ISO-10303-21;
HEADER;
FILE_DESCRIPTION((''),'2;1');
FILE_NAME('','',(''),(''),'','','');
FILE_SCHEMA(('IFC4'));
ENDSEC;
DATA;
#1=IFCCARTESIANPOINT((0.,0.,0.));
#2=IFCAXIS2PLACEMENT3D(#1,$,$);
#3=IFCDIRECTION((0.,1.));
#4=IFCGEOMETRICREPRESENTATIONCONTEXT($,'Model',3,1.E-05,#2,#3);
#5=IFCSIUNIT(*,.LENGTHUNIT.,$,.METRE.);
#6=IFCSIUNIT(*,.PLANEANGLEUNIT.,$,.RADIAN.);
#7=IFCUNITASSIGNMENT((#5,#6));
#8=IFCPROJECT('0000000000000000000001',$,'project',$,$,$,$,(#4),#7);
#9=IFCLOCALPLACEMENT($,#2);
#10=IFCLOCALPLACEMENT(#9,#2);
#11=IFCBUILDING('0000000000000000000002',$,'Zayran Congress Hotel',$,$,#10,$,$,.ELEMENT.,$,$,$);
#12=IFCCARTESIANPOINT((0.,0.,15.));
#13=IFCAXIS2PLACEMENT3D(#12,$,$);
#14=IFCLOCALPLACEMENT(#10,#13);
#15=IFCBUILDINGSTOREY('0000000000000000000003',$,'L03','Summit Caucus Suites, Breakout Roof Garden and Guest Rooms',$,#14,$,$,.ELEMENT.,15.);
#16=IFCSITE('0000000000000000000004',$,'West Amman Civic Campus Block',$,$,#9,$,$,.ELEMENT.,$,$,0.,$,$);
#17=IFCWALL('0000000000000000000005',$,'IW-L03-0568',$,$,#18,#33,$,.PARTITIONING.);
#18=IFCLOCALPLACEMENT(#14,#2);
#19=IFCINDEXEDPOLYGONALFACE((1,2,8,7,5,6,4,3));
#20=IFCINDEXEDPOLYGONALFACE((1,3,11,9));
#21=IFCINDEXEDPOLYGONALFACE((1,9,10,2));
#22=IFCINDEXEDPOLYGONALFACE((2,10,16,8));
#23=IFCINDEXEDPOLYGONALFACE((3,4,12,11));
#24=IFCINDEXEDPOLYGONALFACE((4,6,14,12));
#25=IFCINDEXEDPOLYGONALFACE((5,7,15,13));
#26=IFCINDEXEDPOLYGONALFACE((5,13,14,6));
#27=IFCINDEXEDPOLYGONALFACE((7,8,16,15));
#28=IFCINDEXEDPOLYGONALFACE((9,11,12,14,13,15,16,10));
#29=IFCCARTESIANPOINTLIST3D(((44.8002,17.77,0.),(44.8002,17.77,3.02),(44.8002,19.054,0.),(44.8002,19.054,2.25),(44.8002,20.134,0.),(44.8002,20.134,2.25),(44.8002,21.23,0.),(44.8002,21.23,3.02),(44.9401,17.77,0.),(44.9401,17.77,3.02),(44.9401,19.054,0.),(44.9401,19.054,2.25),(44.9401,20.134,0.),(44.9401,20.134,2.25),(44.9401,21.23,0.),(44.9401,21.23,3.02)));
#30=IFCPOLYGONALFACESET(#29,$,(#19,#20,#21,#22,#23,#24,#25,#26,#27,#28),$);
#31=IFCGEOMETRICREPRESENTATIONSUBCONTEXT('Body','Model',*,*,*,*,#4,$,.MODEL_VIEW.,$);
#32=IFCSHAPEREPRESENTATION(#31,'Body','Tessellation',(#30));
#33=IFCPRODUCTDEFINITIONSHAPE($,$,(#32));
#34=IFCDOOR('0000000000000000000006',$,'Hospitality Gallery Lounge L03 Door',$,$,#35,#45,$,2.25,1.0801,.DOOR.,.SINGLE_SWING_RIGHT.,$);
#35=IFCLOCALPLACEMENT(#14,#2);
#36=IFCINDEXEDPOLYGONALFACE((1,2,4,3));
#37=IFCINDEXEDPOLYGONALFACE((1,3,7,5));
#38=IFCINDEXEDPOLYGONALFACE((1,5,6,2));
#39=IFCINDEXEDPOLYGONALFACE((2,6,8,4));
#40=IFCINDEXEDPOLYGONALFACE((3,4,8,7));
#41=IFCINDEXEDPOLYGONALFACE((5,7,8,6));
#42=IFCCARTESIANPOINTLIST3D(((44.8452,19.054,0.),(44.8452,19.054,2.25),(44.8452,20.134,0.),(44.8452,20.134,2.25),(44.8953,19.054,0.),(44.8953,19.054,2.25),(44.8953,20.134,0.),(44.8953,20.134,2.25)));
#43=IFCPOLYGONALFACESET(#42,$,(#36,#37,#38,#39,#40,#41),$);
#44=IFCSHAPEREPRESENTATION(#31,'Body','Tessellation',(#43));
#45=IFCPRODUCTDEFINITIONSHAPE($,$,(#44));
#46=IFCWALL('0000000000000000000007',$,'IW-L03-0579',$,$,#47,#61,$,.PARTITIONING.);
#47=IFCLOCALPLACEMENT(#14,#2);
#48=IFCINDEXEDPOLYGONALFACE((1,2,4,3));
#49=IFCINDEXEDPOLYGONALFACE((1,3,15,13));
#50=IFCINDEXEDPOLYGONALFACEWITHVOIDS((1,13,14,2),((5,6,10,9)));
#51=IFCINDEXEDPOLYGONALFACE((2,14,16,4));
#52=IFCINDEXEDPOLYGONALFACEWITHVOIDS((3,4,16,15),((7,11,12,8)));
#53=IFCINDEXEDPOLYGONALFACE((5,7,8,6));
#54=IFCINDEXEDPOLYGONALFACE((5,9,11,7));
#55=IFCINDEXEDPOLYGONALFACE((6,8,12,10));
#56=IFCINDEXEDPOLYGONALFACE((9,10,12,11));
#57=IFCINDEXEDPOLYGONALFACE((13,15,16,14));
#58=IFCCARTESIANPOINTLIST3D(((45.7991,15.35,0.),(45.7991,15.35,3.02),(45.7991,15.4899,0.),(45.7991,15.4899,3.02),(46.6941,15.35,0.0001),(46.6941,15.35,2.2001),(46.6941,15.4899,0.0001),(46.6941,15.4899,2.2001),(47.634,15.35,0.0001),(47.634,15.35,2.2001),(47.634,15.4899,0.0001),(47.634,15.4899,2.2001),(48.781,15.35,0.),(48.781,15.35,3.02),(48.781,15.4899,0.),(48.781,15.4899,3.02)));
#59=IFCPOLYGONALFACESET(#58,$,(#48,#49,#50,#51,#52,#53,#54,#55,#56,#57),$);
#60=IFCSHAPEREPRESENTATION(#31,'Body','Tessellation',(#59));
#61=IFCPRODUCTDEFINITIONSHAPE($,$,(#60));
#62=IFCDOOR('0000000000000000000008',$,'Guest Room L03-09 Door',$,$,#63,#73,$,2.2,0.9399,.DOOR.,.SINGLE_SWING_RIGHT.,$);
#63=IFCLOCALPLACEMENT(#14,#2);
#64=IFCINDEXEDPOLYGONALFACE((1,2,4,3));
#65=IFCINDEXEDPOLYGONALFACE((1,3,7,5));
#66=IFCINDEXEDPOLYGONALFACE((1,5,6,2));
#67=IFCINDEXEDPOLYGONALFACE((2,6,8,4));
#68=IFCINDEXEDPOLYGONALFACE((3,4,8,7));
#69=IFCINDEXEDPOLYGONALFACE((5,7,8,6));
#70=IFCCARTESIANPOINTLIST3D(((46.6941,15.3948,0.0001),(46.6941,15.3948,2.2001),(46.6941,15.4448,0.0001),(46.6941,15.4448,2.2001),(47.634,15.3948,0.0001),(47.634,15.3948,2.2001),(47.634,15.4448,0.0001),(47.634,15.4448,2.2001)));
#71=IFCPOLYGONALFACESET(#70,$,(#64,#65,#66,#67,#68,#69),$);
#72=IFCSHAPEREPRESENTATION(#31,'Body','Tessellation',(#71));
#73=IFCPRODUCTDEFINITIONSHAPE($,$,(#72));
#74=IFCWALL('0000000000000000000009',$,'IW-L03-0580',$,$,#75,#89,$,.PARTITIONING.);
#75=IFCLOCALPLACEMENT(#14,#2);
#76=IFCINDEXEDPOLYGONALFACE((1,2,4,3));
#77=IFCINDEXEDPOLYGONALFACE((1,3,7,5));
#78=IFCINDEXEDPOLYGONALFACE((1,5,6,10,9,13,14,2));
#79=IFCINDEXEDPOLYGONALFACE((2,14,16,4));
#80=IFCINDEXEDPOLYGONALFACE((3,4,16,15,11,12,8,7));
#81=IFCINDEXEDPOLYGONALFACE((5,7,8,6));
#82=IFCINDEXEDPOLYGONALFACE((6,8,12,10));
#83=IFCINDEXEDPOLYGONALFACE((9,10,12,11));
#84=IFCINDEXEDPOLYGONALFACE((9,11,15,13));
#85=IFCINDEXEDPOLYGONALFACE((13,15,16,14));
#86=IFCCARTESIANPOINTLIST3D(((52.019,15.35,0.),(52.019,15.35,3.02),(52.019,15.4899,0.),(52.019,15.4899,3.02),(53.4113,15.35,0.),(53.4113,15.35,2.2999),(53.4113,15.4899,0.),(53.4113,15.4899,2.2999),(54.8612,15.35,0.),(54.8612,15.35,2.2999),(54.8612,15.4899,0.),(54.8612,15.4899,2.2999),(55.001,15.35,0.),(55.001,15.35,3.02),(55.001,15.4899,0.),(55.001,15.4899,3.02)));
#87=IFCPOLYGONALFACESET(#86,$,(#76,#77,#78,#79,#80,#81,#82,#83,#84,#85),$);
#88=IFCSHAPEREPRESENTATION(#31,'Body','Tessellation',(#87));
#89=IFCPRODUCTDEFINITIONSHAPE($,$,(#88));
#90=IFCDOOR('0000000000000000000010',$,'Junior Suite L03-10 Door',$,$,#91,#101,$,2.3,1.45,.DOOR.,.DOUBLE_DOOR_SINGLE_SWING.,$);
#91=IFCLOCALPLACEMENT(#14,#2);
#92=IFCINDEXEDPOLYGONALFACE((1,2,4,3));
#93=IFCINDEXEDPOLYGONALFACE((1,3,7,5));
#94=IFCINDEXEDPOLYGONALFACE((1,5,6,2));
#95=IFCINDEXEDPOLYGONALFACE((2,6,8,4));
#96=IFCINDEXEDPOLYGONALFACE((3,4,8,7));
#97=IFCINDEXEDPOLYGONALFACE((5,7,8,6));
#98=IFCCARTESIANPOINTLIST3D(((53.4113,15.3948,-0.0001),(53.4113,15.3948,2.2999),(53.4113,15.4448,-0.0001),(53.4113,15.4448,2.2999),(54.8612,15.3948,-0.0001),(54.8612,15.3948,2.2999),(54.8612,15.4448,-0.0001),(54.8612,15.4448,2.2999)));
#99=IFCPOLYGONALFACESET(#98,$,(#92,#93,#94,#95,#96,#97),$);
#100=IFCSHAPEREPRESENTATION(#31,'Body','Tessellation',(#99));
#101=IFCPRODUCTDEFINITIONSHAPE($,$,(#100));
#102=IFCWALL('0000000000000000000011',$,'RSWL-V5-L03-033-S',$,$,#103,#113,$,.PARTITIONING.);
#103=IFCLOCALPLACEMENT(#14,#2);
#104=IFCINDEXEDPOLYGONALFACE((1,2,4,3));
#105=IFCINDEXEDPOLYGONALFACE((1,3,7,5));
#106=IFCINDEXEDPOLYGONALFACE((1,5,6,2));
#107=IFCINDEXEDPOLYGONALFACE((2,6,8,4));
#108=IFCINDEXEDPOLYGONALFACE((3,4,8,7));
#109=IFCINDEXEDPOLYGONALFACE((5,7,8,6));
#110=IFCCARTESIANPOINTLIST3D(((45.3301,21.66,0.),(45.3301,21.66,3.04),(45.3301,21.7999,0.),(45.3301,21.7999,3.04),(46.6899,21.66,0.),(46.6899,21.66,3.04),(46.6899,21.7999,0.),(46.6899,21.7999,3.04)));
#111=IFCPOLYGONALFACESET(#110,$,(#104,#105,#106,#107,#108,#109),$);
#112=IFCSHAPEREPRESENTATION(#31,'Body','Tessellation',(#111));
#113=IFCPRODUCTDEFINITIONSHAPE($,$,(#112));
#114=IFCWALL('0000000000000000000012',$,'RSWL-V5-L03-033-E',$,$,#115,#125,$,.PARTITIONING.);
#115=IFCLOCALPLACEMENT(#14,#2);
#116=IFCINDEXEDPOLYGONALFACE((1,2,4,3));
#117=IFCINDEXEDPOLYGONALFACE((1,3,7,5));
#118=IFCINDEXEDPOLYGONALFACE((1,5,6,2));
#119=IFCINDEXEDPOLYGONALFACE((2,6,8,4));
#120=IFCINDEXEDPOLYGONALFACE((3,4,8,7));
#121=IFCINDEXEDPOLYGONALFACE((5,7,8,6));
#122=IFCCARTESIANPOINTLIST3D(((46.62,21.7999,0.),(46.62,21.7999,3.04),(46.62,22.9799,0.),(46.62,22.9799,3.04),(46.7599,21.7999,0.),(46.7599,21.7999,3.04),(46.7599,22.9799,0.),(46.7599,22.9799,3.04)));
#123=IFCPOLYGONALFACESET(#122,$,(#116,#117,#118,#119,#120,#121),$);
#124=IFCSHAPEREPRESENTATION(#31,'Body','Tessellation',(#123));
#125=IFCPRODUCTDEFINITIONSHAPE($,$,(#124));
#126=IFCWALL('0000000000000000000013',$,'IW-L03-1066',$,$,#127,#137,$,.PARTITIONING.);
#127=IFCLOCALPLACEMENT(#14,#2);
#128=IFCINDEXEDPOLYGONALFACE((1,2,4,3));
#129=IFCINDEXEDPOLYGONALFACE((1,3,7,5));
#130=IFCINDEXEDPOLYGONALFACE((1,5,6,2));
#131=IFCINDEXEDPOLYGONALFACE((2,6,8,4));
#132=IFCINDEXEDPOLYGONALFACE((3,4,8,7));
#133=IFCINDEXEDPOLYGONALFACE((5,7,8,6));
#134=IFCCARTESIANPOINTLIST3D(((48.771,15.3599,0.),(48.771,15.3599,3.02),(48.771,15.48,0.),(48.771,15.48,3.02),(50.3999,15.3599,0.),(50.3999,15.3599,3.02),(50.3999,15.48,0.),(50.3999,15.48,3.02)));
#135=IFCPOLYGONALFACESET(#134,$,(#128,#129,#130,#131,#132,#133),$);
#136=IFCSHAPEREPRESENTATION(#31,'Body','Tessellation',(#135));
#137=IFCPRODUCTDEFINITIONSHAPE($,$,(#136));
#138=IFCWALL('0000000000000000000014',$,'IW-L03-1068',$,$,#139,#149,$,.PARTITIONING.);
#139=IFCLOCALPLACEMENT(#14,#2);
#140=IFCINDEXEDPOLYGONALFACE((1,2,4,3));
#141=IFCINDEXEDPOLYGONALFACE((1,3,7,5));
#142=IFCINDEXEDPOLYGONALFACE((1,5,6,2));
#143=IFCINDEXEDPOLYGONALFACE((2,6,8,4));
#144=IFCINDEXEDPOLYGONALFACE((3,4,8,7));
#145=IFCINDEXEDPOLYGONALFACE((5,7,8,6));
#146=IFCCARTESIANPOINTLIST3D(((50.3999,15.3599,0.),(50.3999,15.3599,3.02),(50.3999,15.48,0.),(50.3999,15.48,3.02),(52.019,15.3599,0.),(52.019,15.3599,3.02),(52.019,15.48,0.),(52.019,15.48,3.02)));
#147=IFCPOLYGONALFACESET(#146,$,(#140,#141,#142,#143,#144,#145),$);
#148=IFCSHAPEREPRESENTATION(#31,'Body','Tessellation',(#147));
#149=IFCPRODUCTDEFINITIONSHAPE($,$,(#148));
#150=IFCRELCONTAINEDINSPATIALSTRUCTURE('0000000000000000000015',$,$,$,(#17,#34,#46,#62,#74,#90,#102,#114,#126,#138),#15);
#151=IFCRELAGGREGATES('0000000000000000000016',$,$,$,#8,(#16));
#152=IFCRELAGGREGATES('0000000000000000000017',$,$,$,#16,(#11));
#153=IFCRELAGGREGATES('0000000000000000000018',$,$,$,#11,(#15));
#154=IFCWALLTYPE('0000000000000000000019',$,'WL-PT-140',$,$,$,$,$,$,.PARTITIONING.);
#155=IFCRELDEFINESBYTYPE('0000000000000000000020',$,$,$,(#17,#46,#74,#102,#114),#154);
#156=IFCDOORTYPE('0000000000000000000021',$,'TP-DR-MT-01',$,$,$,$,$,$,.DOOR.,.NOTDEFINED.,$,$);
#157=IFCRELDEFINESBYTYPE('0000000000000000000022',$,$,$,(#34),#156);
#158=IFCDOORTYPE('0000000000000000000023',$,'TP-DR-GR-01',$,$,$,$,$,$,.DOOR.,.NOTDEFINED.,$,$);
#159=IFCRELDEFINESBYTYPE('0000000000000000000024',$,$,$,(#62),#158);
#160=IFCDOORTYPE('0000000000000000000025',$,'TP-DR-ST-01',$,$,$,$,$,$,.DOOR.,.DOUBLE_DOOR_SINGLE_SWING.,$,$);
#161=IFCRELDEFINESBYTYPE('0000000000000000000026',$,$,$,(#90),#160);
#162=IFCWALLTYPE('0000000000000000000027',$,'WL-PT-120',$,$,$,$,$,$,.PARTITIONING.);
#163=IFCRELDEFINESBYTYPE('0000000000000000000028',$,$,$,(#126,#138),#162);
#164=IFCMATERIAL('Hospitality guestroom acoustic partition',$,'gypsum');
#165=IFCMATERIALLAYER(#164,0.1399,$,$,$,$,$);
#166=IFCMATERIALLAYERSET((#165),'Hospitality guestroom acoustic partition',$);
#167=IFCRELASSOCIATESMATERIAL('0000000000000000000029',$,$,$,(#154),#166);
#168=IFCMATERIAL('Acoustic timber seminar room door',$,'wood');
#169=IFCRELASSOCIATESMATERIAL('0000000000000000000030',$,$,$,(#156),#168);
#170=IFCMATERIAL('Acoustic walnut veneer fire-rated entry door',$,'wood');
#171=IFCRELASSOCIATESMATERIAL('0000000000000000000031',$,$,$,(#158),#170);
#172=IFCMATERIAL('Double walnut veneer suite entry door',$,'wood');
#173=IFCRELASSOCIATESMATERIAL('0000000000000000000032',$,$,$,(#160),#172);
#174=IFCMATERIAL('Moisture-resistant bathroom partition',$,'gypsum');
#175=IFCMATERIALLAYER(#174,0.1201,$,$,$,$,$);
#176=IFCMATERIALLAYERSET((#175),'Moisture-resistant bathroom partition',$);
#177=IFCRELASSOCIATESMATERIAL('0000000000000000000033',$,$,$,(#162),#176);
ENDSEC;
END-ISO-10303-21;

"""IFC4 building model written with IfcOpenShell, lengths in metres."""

from ifc_helpers import new_model, si_unit, direction, frame, frame_2d, origin, place, context, subcontext, project, spatial, rectangle, extrude, material, layer, layer_set, type_object, element, fill, save


model = new_model("IFC4")

# Units and contexts
model_context = context("Model", 3, precision=1e-05, world=origin(), true_north=direction((0.0, 1.0)))
body_context = subcontext(model_context, "Body", "Model", "MODEL_VIEW")
ifc_project = project(units=[si_unit("LENGTHUNIT", "METRE"), si_unit("PLANEANGLEUNIT", "RADIAN")], contexts=[model_context])

# Site, building, storey
site_placement = place(None, origin())
site = spatial("IfcSite", under=ifc_project, at=site_placement, Name="West Amman Civic Campus Block", CompositionType="ELEMENT", RefElevation=0.0)
building_placement = place(site_placement, origin())
building = spatial("IfcBuilding", under=site, at=building_placement, Name="Zayran Congress Hotel", CompositionType="ELEMENT")
storey_placement = place(building_placement, frame((0.0, 0.0, 15.0)))
storey = spatial("IfcBuildingStorey", under=building, at=storey_placement, Name="L03", Description="Summit Caucus Suites, Breakout Roof Garden and Guest Rooms", CompositionType="ELEMENT", Elevation=15.0)

# Shared definitions
ifc_material_1 = material(Name="Hospitality guestroom acoustic partition", Category="gypsum")
ifc_layer_1 = layer(ifc_material_1, 0.1399)
ifc_layer_set_1 = layer_set([ifc_layer_1], Name="Hospitality guestroom acoustic partition")
wall_type_1 = type_object("IfcWallType", Name="WL-PT-140", PredefinedType="PARTITIONING", material=ifc_layer_set_1)

# Walls, openings, doors
wall_1_placement = place(storey_placement, frame((44.8701, 17.77, 0.0), z_axis=(0.0, 0.0, 1.0), x_axis=(0.0, 1.0, 0.0)))
wall_1 = element("IfcWall", 1, at=wall_1_placement, inside=storey, type_object=wall_type_1, Name="IW-L03-0568", PredefinedType="PARTITIONING", context=body_context, shape_type="SweptSolid", body=[
    extrude(rectangle(XDim=3.46, YDim=0.1399, at=frame_2d((1.73, 0.0))), origin(), (0.0, 0.0, 1.0), 3.02),
])
opening_1_placement = place(wall_1_placement, frame((1.2839, 0.0, 0.0)))
opening_1 = element("IfcOpeningElement", 2, at=opening_1_placement, cuts=wall_1, PredefinedType="OPENING", context=body_context, shape_type="SweptSolid", body=[
    extrude(rectangle(XDim=1.0801, YDim=2.25, at=frame_2d((0.54, 1.125))), frame((0.0, 0.0798, 0.0), z_axis=(0.0, -1.0, 0.0), x_axis=(1.0, 0.0, 0.0)), (0.0, 0.0, 1.0), 0.1599),
])
ifc_material_2 = material(Name="Acoustic timber seminar room door", Category="wood")
door_type_1 = type_object("IfcDoorType", Name="TP-DR-MT-01", OperationType="NOTDEFINED", PredefinedType="DOOR", material=ifc_material_2)
door_1_placement = place(opening_1_placement, origin())
door_1 = element("IfcDoor", 3, at=door_1_placement, inside=storey, type_object=door_type_1, Name="Hospitality Gallery Lounge L03 Door", OperationType="SINGLE_SWING_RIGHT", OverallHeight=2.25, OverallWidth=1.0801, PredefinedType="DOOR", context=body_context, shape_type="SweptSolid", body=[
    extrude(rectangle(XDim=1.0801, YDim=2.25, at=frame_2d((0.54, 1.125))), frame((0.0, 0.0249, 0.0), z_axis=(0.0, -1.0, 0.0), x_axis=(1.0, 0.0, 0.0)), (0.0, 0.0, 1.0), 0.05),
])
fill(opening_1, door_1)
wall_2_placement = place(storey_placement, frame((45.7991, 15.4199, 0.0), z_axis=(0.0, 0.0, 1.0), x_axis=(1.0, 0.0, 0.0)))
wall_2 = element("IfcWall", 4, at=wall_2_placement, inside=storey, type_object=wall_type_1, Name="IW-L03-0579", PredefinedType="PARTITIONING", context=body_context, shape_type="SweptSolid", body=[
    extrude(rectangle(XDim=2.9819, YDim=0.1399, at=frame_2d((1.491, 0.0))), origin(), (0.0, 0.0, 1.0), 3.02),
])
opening_2_placement = place(wall_2_placement, frame((0.895, 0.0, 0.0)))
opening_2 = element("IfcOpeningElement", 5, at=opening_2_placement, cuts=wall_2, PredefinedType="OPENING", context=body_context, shape_type="SweptSolid", body=[
    extrude(rectangle(XDim=0.9399, YDim=2.2, at=frame_2d((0.47, 1.1001))), frame((0.0, 0.0798, 0.0), z_axis=(0.0, -1.0, 0.0), x_axis=(1.0, 0.0, 0.0)), (0.0, 0.0, 1.0), 0.1599),
])
ifc_material_3 = material(Name="Acoustic walnut veneer fire-rated entry door", Category="wood")
door_type_2 = type_object("IfcDoorType", Name="TP-DR-GR-01", OperationType="NOTDEFINED", PredefinedType="DOOR", material=ifc_material_3)
door_2_placement = place(opening_2_placement, origin())
door_2 = element("IfcDoor", 6, at=door_2_placement, inside=storey, type_object=door_type_2, Name="Guest Room L03-09 Door", OperationType="SINGLE_SWING_RIGHT", OverallHeight=2.2, OverallWidth=0.9399, PredefinedType="DOOR", context=body_context, shape_type="SweptSolid", body=[
    extrude(rectangle(XDim=0.9399, YDim=2.2, at=frame_2d((0.47, 1.1001))), frame((0.0, 0.0249, 0.0), z_axis=(0.0, -1.0, 0.0), x_axis=(1.0, 0.0, 0.0)), (0.0, 0.0, 1.0), 0.05),
])
fill(opening_2, door_2)
wall_3_placement = place(storey_placement, frame((52.019, 15.4199, 0.0), z_axis=(0.0, 0.0, 1.0), x_axis=(1.0, 0.0, 0.0)))
wall_3 = element("IfcWall", 7, at=wall_3_placement, inside=storey, type_object=wall_type_1, Name="IW-L03-0580", PredefinedType="PARTITIONING", context=body_context, shape_type="SweptSolid", body=[
    extrude(rectangle(XDim=2.9819, YDim=0.1399, at=frame_2d((1.491, 0.0))), origin(), (0.0, 0.0, 1.0), 3.02),
])
opening_3_placement = place(wall_3_placement, frame((1.3921, 0.0, 0.0)))
opening_3 = element("IfcOpeningElement", 8, at=opening_3_placement, cuts=wall_3, PredefinedType="OPENING", context=body_context, shape_type="SweptSolid", body=[
    extrude(rectangle(XDim=1.45, YDim=2.3, at=frame_2d((0.7251, 1.1499))), frame((0.0, 0.0798, 0.0), z_axis=(0.0, -1.0, 0.0), x_axis=(1.0, 0.0, 0.0)), (0.0, 0.0, 1.0), 0.1599),
])
ifc_material_4 = material(Name="Double walnut veneer suite entry door", Category="wood")
door_type_3 = type_object("IfcDoorType", Name="TP-DR-ST-01", OperationType="DOUBLE_DOOR_SINGLE_SWING", PredefinedType="DOOR", material=ifc_material_4)
door_3_placement = place(opening_3_placement, origin())
door_3 = element("IfcDoor", 9, at=door_3_placement, inside=storey, type_object=door_type_3, Name="Junior Suite L03-10 Door", OperationType="DOUBLE_DOOR_SINGLE_SWING", OverallHeight=2.3, OverallWidth=1.45, PredefinedType="DOOR", context=body_context, shape_type="SweptSolid", body=[
    extrude(rectangle(XDim=1.45, YDim=2.3, at=frame_2d((0.7251, 1.1499))), frame((0.0, 0.0249, 0.0), z_axis=(0.0, -1.0, 0.0), x_axis=(1.0, 0.0, 0.0)), (0.0, 0.0, 1.0), 0.05),
])
fill(opening_3, door_3)

# Walls
wall_4_placement = place(storey_placement, frame((45.3301, 21.73, 0.0), z_axis=(0.0, 0.0, 1.0), x_axis=(1.0, 0.0, 0.0)))
element("IfcWall", 10, at=wall_4_placement, inside=storey, type_object=wall_type_1, Name="RSWL-V5-L03-033-S", PredefinedType="PARTITIONING", context=body_context, shape_type="SweptSolid", body=[
    extrude(rectangle(XDim=1.3599, YDim=0.1399, at=frame_2d((0.6799, 0.0))), origin(), (0.0, 0.0, 1.0), 3.04),
])
wall_5_placement = place(storey_placement, frame((46.6899, 21.8, 0.0), z_axis=(0.0, 0.0, 1.0), x_axis=(0.0, 1.0, 0.0)))
element("IfcWall", 11, at=wall_5_placement, inside=storey, type_object=wall_type_1, Name="RSWL-V5-L03-033-E", PredefinedType="PARTITIONING", context=body_context, shape_type="SweptSolid", body=[
    extrude(rectangle(XDim=1.1799, YDim=0.1399, at=frame_2d((0.5898, 0.0))), origin(), (0.0, 0.0, 1.0), 3.04),
])
ifc_material_5 = material(Name="Moisture-resistant bathroom partition", Category="gypsum")
ifc_layer_2 = layer(ifc_material_5, 0.1201)
ifc_layer_set_2 = layer_set([ifc_layer_2], Name="Moisture-resistant bathroom partition")
wall_type_2 = type_object("IfcWallType", Name="WL-PT-120", PredefinedType="PARTITIONING", material=ifc_layer_set_2)
wall_6_placement = place(storey_placement, frame((48.771, 15.4199, 0.0), z_axis=(0.0, 0.0, 1.0), x_axis=(1.0, 0.0, 0.0)))
element("IfcWall", 12, at=wall_6_placement, inside=storey, type_object=wall_type_2, Name="IW-L03-1066", PredefinedType="PARTITIONING", context=body_context, shape_type="SweptSolid", body=[
    extrude(rectangle(XDim=1.6289, YDim=0.1201, at=frame_2d((0.8145, 0.0))), origin(), (0.0, 0.0, 1.0), 3.02),
])
wall_7_placement = place(storey_placement, frame((50.3999, 15.4199, 0.0), z_axis=(0.0, 0.0, 1.0), x_axis=(1.0, 0.0, 0.0)))
element("IfcWall", 13, at=wall_7_placement, inside=storey, type_object=wall_type_2, Name="IW-L03-1068", PredefinedType="PARTITIONING", context=body_context, shape_type="SweptSolid", body=[
    extrude(rectangle(XDim=1.6191, YDim=0.1201, at=frame_2d((0.8096, 0.0))), origin(), (0.0, 0.0, 1.0), 3.02),
])

save(model, "model.ifc")
